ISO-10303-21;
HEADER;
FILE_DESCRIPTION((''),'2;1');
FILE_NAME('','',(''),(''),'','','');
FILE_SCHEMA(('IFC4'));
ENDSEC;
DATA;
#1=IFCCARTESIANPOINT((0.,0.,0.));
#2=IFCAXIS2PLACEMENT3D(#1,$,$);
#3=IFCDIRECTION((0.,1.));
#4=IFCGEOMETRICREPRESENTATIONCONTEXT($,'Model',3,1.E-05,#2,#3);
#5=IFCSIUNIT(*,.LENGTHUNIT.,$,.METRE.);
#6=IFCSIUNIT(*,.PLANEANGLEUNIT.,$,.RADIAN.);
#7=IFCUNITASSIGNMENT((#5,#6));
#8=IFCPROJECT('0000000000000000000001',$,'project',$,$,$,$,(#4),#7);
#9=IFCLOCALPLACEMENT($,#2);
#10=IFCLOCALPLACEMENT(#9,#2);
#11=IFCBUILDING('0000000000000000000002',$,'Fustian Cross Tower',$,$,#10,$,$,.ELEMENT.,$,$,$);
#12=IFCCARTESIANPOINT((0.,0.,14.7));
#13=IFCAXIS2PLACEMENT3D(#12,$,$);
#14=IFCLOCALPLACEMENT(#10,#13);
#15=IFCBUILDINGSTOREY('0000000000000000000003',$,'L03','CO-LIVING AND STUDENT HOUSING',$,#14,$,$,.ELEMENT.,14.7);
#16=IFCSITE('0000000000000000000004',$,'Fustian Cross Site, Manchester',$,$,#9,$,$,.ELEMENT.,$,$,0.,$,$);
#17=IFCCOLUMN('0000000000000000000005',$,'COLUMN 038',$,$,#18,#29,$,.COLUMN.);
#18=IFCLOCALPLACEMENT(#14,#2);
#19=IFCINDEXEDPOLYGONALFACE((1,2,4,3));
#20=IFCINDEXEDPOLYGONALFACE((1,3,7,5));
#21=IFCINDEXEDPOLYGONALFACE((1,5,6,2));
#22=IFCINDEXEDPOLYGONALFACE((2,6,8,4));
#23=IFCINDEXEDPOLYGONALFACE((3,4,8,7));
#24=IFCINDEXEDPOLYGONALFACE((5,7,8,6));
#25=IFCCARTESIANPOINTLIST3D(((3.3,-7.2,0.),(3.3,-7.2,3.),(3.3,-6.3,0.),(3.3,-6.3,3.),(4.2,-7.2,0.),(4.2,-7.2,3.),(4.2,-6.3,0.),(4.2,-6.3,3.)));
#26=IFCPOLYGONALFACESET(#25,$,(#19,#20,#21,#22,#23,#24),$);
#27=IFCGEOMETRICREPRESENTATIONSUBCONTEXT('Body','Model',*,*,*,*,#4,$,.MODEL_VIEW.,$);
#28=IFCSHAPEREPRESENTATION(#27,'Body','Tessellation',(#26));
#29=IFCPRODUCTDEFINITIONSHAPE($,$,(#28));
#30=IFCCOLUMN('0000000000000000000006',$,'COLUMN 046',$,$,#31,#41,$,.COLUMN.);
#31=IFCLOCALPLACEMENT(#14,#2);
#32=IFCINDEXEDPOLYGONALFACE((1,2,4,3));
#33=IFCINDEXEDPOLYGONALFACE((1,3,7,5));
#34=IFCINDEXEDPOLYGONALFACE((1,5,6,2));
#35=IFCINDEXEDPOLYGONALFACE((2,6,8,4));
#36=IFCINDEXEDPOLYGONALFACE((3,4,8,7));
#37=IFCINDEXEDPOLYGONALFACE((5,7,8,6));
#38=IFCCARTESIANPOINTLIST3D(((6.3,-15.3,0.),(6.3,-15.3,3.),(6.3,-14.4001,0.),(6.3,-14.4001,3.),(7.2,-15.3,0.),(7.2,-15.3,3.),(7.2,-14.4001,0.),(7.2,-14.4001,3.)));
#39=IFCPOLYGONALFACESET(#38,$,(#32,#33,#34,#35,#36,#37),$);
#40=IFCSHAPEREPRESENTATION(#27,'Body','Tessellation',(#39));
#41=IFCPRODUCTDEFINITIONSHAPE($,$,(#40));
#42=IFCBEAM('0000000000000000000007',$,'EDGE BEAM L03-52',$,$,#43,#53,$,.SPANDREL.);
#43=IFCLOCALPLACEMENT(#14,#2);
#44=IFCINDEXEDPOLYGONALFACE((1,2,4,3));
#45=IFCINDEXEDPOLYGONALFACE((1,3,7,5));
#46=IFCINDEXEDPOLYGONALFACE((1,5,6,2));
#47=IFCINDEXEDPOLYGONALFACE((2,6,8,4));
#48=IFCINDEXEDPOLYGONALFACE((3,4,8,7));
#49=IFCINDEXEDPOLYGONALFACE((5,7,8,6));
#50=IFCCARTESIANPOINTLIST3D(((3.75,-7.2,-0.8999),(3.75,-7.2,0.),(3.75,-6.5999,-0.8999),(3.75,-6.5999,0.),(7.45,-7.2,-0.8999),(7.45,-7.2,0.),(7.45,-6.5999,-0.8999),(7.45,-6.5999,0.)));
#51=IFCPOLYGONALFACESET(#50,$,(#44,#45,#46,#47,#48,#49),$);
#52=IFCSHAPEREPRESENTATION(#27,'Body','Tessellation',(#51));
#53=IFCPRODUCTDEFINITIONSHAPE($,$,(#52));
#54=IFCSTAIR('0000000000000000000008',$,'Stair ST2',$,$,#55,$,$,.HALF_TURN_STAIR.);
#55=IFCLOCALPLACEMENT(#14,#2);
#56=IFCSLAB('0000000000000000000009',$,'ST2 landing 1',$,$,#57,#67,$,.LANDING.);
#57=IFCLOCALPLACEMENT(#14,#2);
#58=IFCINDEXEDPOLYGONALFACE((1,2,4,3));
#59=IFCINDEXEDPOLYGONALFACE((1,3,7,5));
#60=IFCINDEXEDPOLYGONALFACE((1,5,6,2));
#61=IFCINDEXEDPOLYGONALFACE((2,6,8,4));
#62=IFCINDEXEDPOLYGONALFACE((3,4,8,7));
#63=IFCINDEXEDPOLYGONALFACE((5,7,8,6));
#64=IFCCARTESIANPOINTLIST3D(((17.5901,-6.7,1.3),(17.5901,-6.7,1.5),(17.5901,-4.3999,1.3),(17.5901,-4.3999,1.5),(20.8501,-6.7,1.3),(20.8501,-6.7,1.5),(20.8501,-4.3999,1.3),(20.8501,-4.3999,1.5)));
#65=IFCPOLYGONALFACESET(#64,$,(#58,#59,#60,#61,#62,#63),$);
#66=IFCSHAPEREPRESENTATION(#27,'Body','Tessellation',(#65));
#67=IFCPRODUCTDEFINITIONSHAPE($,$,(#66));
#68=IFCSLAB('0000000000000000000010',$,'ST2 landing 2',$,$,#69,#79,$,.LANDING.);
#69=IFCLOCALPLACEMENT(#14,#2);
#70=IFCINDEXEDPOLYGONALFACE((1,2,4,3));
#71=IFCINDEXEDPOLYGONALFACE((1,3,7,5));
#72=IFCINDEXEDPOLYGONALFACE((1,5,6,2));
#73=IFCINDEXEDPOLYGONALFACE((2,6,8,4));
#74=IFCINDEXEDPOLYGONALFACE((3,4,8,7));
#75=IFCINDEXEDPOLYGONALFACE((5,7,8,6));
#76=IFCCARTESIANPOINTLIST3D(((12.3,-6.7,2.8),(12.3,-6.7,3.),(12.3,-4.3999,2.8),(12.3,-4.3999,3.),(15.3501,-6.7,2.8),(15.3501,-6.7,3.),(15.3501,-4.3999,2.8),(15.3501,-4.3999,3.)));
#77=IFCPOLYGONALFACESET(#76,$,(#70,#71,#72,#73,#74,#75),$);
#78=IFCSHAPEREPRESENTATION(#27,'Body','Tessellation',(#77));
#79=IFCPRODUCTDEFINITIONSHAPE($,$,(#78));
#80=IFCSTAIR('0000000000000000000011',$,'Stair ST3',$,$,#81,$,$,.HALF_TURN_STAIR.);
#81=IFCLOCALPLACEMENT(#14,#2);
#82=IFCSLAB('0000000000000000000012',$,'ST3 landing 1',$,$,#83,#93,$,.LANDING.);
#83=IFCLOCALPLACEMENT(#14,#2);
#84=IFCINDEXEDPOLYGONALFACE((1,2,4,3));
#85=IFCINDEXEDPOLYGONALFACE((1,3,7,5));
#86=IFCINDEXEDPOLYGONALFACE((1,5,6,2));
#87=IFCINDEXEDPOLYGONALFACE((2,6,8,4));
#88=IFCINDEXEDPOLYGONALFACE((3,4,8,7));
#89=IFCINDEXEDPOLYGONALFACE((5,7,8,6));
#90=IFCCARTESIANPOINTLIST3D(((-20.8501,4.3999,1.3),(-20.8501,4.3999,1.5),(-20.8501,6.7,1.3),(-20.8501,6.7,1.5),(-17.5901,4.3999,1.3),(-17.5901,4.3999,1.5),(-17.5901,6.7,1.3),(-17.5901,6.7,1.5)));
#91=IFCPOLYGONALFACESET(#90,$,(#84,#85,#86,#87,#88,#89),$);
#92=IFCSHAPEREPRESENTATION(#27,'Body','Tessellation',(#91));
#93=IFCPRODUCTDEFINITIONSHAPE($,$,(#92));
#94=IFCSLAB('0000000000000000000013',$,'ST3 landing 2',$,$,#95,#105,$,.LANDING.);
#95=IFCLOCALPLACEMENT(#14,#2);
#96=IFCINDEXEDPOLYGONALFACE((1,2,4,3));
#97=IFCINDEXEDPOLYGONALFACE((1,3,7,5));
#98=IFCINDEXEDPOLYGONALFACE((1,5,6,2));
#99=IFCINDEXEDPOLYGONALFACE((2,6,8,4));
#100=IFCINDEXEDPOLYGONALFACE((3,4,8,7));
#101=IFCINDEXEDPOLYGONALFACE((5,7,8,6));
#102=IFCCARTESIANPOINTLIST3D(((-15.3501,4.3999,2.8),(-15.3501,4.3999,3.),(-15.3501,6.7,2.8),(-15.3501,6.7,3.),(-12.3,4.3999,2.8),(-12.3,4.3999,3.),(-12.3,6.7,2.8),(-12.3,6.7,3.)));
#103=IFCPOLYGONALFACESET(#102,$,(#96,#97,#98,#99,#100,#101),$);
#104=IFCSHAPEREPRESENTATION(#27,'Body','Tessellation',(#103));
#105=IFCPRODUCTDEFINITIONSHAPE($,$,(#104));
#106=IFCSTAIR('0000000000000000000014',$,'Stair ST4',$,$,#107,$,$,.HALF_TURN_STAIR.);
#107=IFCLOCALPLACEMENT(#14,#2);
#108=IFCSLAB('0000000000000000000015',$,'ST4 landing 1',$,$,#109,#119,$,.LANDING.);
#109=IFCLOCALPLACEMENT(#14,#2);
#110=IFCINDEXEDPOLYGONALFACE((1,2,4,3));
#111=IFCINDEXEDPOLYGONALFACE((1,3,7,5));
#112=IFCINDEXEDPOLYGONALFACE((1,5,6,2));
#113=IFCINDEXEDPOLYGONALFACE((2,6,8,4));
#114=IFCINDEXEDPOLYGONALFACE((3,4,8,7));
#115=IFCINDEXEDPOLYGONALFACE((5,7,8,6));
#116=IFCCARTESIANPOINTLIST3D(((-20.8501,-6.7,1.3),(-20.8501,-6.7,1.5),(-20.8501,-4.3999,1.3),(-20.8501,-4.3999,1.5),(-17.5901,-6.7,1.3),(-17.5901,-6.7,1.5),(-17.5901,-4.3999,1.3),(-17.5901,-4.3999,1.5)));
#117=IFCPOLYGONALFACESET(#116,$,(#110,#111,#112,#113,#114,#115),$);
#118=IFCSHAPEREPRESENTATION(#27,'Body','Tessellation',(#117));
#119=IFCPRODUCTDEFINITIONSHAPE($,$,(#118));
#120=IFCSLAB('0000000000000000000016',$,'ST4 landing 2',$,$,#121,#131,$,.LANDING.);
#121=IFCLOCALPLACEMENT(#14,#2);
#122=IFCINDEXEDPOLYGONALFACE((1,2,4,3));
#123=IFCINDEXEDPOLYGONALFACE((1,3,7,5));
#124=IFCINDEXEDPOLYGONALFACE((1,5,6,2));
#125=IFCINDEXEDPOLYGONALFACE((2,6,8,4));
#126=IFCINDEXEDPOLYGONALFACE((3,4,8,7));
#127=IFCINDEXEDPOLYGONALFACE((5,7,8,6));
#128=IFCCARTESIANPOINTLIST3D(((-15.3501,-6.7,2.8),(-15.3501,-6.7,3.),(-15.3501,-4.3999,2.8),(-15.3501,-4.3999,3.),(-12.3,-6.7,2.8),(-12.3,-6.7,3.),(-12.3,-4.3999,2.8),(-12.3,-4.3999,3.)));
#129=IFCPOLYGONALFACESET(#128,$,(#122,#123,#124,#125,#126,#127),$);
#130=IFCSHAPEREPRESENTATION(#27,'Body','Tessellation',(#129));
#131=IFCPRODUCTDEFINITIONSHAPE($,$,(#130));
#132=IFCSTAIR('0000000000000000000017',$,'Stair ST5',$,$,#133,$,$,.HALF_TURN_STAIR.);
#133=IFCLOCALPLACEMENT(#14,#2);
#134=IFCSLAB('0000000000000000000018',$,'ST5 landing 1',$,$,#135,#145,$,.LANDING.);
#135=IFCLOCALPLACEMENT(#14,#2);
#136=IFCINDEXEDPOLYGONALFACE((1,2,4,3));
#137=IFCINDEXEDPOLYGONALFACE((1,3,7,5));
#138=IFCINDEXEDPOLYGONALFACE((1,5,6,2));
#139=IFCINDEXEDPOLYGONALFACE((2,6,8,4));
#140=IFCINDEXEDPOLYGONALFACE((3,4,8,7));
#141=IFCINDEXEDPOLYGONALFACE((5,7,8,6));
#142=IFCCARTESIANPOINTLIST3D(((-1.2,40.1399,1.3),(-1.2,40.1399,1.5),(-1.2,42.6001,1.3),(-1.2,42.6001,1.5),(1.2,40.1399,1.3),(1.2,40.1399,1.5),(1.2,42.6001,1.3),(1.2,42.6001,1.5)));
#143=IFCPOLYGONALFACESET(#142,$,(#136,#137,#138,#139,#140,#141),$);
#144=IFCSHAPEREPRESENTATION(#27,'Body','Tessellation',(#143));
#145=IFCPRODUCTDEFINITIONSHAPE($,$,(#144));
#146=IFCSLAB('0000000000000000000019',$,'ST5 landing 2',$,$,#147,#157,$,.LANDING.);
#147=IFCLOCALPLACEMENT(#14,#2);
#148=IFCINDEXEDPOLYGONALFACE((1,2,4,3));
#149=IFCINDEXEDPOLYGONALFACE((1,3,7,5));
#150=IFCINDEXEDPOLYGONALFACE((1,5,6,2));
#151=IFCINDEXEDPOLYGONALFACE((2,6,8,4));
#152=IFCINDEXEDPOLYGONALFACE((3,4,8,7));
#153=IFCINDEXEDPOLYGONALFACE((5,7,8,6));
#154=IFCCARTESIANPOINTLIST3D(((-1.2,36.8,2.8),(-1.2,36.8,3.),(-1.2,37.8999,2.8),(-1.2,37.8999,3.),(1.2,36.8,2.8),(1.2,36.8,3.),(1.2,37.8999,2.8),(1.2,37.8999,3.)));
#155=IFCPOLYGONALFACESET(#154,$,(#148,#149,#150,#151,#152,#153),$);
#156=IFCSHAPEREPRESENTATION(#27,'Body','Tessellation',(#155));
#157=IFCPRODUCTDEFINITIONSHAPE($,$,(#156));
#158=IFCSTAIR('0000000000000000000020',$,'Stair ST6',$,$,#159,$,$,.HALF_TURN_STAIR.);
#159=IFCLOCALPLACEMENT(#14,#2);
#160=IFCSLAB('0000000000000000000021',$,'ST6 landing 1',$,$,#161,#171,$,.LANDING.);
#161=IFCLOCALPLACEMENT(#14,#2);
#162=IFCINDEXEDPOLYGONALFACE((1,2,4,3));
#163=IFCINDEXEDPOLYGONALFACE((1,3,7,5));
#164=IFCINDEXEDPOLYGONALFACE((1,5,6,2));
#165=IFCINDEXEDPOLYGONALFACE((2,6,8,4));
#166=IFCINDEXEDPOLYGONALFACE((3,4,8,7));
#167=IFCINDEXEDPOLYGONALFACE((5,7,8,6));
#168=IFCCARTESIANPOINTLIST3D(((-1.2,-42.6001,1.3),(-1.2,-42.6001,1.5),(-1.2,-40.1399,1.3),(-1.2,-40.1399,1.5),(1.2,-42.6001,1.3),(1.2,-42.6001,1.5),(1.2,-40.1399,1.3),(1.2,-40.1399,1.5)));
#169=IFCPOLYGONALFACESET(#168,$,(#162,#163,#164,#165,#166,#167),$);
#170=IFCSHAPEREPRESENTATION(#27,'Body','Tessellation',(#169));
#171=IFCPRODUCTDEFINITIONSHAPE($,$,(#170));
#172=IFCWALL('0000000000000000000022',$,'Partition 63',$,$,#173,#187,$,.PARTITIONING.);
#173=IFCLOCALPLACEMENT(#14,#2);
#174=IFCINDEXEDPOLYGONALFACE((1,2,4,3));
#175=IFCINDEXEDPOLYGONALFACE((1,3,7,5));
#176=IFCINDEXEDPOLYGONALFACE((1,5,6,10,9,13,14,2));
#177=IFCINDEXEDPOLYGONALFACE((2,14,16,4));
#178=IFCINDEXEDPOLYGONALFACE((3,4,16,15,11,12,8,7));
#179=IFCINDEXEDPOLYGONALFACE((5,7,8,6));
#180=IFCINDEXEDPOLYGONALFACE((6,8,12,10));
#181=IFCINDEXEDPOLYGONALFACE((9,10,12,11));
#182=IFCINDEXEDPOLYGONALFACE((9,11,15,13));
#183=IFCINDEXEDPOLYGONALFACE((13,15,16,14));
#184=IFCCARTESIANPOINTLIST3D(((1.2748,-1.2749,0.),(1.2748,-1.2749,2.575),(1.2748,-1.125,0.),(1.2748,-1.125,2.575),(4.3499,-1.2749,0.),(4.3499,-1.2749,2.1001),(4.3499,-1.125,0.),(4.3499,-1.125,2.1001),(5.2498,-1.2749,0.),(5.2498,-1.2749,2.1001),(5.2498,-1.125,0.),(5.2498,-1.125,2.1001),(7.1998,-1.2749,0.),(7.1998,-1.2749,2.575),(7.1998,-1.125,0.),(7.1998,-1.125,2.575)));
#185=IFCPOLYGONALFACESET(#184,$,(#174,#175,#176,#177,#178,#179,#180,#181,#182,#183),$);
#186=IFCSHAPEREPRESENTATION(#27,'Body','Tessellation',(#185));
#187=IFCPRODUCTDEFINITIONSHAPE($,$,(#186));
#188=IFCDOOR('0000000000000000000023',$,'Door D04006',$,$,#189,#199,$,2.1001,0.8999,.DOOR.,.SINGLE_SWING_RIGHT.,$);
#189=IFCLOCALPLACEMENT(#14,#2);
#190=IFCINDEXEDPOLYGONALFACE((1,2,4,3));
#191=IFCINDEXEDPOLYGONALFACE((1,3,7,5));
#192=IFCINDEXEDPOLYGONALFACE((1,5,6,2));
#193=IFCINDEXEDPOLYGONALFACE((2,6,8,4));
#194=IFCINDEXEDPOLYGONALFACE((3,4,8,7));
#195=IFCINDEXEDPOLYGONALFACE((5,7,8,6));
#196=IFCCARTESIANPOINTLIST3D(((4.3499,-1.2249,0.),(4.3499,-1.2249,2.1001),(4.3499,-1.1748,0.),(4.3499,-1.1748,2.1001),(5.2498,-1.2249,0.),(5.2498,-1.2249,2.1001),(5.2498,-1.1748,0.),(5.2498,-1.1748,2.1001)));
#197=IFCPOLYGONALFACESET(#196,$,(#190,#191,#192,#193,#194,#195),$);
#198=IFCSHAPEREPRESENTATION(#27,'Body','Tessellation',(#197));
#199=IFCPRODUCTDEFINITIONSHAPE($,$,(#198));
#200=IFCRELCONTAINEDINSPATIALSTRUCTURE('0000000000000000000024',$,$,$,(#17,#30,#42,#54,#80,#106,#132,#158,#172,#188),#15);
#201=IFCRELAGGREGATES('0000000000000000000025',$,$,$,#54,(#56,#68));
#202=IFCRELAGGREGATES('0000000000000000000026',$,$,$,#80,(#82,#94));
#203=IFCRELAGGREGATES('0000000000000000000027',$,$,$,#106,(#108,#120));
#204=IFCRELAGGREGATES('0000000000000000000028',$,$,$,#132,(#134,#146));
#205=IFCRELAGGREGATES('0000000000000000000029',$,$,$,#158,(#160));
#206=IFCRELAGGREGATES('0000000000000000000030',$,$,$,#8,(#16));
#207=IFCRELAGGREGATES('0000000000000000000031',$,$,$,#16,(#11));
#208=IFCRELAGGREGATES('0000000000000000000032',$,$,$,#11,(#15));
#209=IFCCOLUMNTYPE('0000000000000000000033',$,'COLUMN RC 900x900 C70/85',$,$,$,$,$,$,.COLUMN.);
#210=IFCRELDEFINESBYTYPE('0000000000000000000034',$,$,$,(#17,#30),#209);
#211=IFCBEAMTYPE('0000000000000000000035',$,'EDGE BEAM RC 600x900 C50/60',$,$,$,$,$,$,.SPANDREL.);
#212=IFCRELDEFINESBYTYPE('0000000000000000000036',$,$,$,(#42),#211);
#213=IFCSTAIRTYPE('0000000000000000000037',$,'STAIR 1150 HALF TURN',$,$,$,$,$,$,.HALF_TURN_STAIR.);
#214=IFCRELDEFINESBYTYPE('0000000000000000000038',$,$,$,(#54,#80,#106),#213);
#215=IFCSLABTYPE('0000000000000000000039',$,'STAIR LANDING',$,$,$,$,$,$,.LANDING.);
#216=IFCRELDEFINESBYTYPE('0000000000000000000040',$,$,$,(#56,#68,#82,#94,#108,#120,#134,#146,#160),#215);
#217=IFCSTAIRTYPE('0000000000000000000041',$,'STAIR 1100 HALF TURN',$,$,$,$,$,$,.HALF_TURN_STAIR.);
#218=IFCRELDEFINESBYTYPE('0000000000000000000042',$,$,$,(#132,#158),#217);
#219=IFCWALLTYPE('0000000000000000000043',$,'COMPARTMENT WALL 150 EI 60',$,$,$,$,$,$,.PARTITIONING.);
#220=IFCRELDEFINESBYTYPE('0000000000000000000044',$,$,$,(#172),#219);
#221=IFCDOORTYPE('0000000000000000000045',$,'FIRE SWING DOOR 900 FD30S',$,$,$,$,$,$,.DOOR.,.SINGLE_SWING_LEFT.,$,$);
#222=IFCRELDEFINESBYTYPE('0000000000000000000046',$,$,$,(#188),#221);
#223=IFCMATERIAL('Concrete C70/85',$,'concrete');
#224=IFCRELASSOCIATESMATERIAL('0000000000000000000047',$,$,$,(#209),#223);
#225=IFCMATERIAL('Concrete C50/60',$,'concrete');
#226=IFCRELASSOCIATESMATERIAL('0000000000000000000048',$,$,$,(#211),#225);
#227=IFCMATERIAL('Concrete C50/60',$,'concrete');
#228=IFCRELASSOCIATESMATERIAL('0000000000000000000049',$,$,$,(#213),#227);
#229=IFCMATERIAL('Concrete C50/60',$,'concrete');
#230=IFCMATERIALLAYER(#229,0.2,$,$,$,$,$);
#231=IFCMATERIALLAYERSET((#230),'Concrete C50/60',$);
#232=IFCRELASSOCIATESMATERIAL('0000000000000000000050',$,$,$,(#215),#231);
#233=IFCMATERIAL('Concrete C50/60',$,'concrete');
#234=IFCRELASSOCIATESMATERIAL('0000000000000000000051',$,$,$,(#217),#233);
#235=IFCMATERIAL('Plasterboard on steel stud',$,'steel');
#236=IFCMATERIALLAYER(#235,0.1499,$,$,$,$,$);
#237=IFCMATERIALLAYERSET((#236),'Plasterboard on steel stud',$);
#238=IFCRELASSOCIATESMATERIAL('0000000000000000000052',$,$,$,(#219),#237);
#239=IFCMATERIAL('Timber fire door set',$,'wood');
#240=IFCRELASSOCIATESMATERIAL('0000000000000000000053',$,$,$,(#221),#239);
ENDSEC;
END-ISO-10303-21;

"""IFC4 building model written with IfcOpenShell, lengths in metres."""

from ifc_helpers import new_model, si_unit, direction, frame, frame_2d, origin, origin_2d, place, context, subcontext, project, spatial, polyline, rectangle, outline, extrude, material, layer, layer_set, material_profile, profile_set, type_object, element, fill, aggregate, save


model = new_model("IFC4")

# Units and contexts
model_context = context("Model", 3, precision=1e-05, world=origin(), true_north=direction((0.0, 1.0)))
body_context = subcontext(model_context, "Body", "Model", "MODEL_VIEW")
ifc_project = project(units=[si_unit("LENGTHUNIT", "METRE"), si_unit("PLANEANGLEUNIT", "RADIAN")], contexts=[model_context])

# Site, building, storey
site_placement = place(None, origin())
site = spatial("IfcSite", under=ifc_project, at=site_placement, Name="Fustian Cross Site, Manchester", CompositionType="ELEMENT", RefElevation=0.0)
building_placement = place(site_placement, origin())
building = spatial("IfcBuilding", under=site, at=building_placement, Name="Fustian Cross Tower", CompositionType="ELEMENT")
storey_placement = place(building_placement, frame((0.0, 0.0, 14.7)))
storey = spatial("IfcBuildingStorey", under=building, at=storey_placement, Name="L03", Description="CO-LIVING AND STUDENT HOUSING", CompositionType="ELEMENT", Elevation=14.7)

# Columns
ifc_material_1 = material(Name="Concrete C70/85", Category="concrete")
ifc_material_profile_1 = material_profile(ifc_material_1, rectangle(XDim=0.8999, YDim=0.8999, at=origin_2d()), Name="RC 900x900")
ifc_profile_set_1 = profile_set([ifc_material_profile_1], Name="Concrete C70/85")
column_type = type_object("IfcColumnType", Name="COLUMN RC 900x900 C70/85", PredefinedType="COLUMN", material=ifc_profile_set_1)
for number, where, z_axis, x_axis, name in (
    (1, (3.75, -6.75, 0.0), (0.0, 0.0, 1.0), (1.0, 0.0, 0.0), "COLUMN 038"),
    (2, (6.75, -14.8501, 0.0), (0.0, 0.0, 1.0), (1.0, 0.0, 0.0), "COLUMN 046"),
):
    element("IfcColumn", number, at=place(storey_placement, frame(where, z_axis=z_axis, x_axis=x_axis)), inside=storey, type_object=column_type, Name=name, PredefinedType="COLUMN", context=body_context, shape_type="SweptSolid", body=[
        extrude(rectangle(XDim=0.8999, YDim=0.8999, at=origin_2d()), origin(), (0.0, 0.0, 1.0), 3.0),
    ])

# Beam
ifc_material_2 = material(Name="Concrete C50/60", Category="concrete")
ifc_material_profile_2 = material_profile(ifc_material_2, rectangle(XDim=0.6001, YDim=0.8999, at=origin_2d()), Name="RC 600x900")
ifc_profile_set_2 = profile_set([ifc_material_profile_2], Name="Concrete C50/60")
beam_type = type_object("IfcBeamType", Name="EDGE BEAM RC 600x900 C50/60", PredefinedType="SPANDREL", material=ifc_profile_set_2)
beam_placement = place(storey_placement, frame((3.75, -6.8999, -0.45), z_axis=(1.0, 0.0, 0.0), x_axis=(0.0, 1.0, 0.0)))
element("IfcBeam", 3, at=beam_placement, inside=storey, type_object=beam_type, Name="EDGE BEAM L03-52", PredefinedType="SPANDREL", context=body_context, shape_type="SweptSolid", body=[
    extrude(rectangle(XDim=0.6001, YDim=0.8999, at=origin_2d()), origin(), (0.0, 0.0, 1.0), 3.7),
])

# Stairs, slabs
ifc_material_3 = material(Name="Concrete C50/60", Category="concrete")
stair_type_1 = type_object("IfcStairType", Name="STAIR 1150 HALF TURN", PredefinedType="HALF_TURN_STAIR", material=ifc_material_3)
stair_1_placement = place(storey_placement, origin())
stair_1 = element("IfcStair", 4, at=stair_1_placement, inside=storey, type_object=stair_type_1, Name="Stair ST2", PredefinedType="HALF_TURN_STAIR")
ifc_material_4 = material(Name="Concrete C50/60", Category="concrete")
ifc_layer_1 = layer(ifc_material_4, 0.2)
ifc_layer_set_1 = layer_set([ifc_layer_1], Name="Concrete C50/60")
slab_type = type_object("IfcSlabType", Name="STAIR LANDING", PredefinedType="LANDING", material=ifc_layer_set_1)
slab_1_placement = place(storey_placement, frame((0.0, 0.0, 1.3)))
slab_1 = element("IfcSlab", 5, at=slab_1_placement, type_object=slab_type, Name="ST2 landing 1", PredefinedType="LANDING", context=body_context, shape_type="SweptSolid", body=[
    extrude(outline(polyline([(17.5901, -4.3999), (20.8501, -4.3999), (20.8501, -6.7), (17.5901, -6.7), (17.5901, -4.3999)])), origin(), (0.0, 0.0, 1.0), 0.2),
])
slab_2_placement = place(storey_placement, frame((0.0, 0.0, 2.8)))
slab_2 = element("IfcSlab", 6, at=slab_2_placement, type_object=slab_type, Name="ST2 landing 2", PredefinedType="LANDING", context=body_context, shape_type="SweptSolid", body=[
    extrude(outline(polyline([(12.3, -4.3999), (15.3501, -4.3999), (15.3501, -6.7), (12.3, -6.7), (12.3, -4.3999)])), origin(), (0.0, 0.0, 1.0), 0.2),
])
aggregate(stair_1, [slab_1, slab_2])
stair_2_placement = place(storey_placement, origin())
stair_2 = element("IfcStair", 7, at=stair_2_placement, inside=storey, type_object=stair_type_1, Name="Stair ST3", PredefinedType="HALF_TURN_STAIR")
slab_3_placement = place(storey_placement, frame((0.0, 0.0, 1.3)))
slab_3 = element("IfcSlab", 8, at=slab_3_placement, type_object=slab_type, Name="ST3 landing 1", PredefinedType="LANDING", context=body_context, shape_type="SweptSolid", body=[
    extrude(outline(polyline([(-17.5901, 4.3999), (-20.8501, 4.3999), (-20.8501, 6.7), (-17.5901, 6.7), (-17.5901, 4.3999)])), origin(), (0.0, 0.0, 1.0), 0.2),
])
slab_4_placement = place(storey_placement, frame((0.0, 0.0, 2.8)))
slab_4 = element("IfcSlab", 9, at=slab_4_placement, type_object=slab_type, Name="ST3 landing 2", PredefinedType="LANDING", context=body_context, shape_type="SweptSolid", body=[
    extrude(outline(polyline([(-12.3, 4.3999), (-15.3501, 4.3999), (-15.3501, 6.7), (-12.3, 6.7), (-12.3, 4.3999)])), origin(), (0.0, 0.0, 1.0), 0.2),
])
aggregate(stair_2, [slab_3, slab_4])
stair_3_placement = place(storey_placement, origin())
stair_3 = element("IfcStair", 10, at=stair_3_placement, inside=storey, type_object=stair_type_1, Name="Stair ST4", PredefinedType="HALF_TURN_STAIR")
slab_5_placement = place(storey_placement, frame((0.0, 0.0, 1.3)))
slab_5 = element("IfcSlab", 11, at=slab_5_placement, type_object=slab_type, Name="ST4 landing 1", PredefinedType="LANDING", context=body_context, shape_type="SweptSolid", body=[
    extrude(outline(polyline([(-17.5901, -4.3999), (-20.8501, -4.3999), (-20.8501, -6.7), (-17.5901, -6.7), (-17.5901, -4.3999)])), origin(), (0.0, 0.0, 1.0), 0.2),
])
slab_6_placement = place(storey_placement, frame((0.0, 0.0, 2.8)))
slab_6 = element("IfcSlab", 12, at=slab_6_placement, type_object=slab_type, Name="ST4 landing 2", PredefinedType="LANDING", context=body_context, shape_type="SweptSolid", body=[
    extrude(outline(polyline([(-12.3, -4.3999), (-15.3501, -4.3999), (-15.3501, -6.7), (-12.3, -6.7), (-12.3, -4.3999)])), origin(), (0.0, 0.0, 1.0), 0.2),
])
aggregate(stair_3, [slab_5, slab_6])
ifc_material_5 = material(Name="Concrete C50/60", Category="concrete")
stair_type_2 = type_object("IfcStairType", Name="STAIR 1100 HALF TURN", PredefinedType="HALF_TURN_STAIR", material=ifc_material_5)
stair_4_placement = place(storey_placement, origin())
stair_4 = element("IfcStair", 13, at=stair_4_placement, inside=storey, type_object=stair_type_2, Name="Stair ST5", PredefinedType="HALF_TURN_STAIR")
slab_7_placement = place(storey_placement, frame((0.0, 0.0, 1.3)))
slab_7 = element("IfcSlab", 14, at=slab_7_placement, type_object=slab_type, Name="ST5 landing 1", PredefinedType="LANDING", context=body_context, shape_type="SweptSolid", body=[
    extrude(outline(polyline([(-1.2, 40.1399), (-1.2, 42.6001), (1.2, 42.6001), (1.2, 40.1399), (-1.2, 40.1399)])), origin(), (0.0, 0.0, 1.0), 0.2),
])
slab_8_placement = place(storey_placement, frame((0.0, 0.0, 2.8)))
slab_8 = element("IfcSlab", 15, at=slab_8_placement, type_object=slab_type, Name="ST5 landing 2", PredefinedType="LANDING", context=body_context, shape_type="SweptSolid", body=[
    extrude(outline(polyline([(-1.2, 36.8), (-1.2, 37.8999), (1.2, 37.8999), (1.2, 36.8), (-1.2, 36.8)])), origin(), (0.0, 0.0, 1.0), 0.2),
])
aggregate(stair_4, [slab_7, slab_8])

# Stair, slab
stair_5_placement = place(storey_placement, origin())
stair_5 = element("IfcStair", 16, at=stair_5_placement, inside=storey, type_object=stair_type_2, Name="Stair ST6", PredefinedType="HALF_TURN_STAIR")
slab_9_placement = place(storey_placement, frame((0.0, 0.0, 1.3)))
slab_9 = element("IfcSlab", 17, at=slab_9_placement, type_object=slab_type, Name="ST6 landing 1", PredefinedType="LANDING", context=body_context, shape_type="SweptSolid", body=[
    extrude(outline(polyline([(-1.2, -40.1399), (-1.2, -42.6001), (1.2, -42.6001), (1.2, -40.1399), (-1.2, -40.1399)])), origin(), (0.0, 0.0, 1.0), 0.2),
])
aggregate(stair_5, [slab_9])

# Wall, opening, door
ifc_material_6 = material(Name="Plasterboard on steel stud", Category="steel")
ifc_layer_2 = layer(ifc_material_6, 0.1499)
ifc_layer_set_2 = layer_set([ifc_layer_2], Name="Plasterboard on steel stud")
wall_type_1 = type_object("IfcWallType", Name="COMPARTMENT WALL 150 EI 60", PredefinedType="PARTITIONING", material=ifc_layer_set_2)
wall_1_placement = place(storey_placement, frame((1.2749, -1.2, 0.0), z_axis=(0.0, 0.0, 1.0), x_axis=(1.0, 0.0, 0.0)))
wall_1 = element("IfcWall", 18, at=wall_1_placement, inside=storey, type_object=wall_type_1, Name="Partition 63", PredefinedType="PARTITIONING", context=body_context, shape_type="SweptSolid", body=[
    extrude(rectangle(XDim=5.925, YDim=0.1499, at=frame_2d((2.9624, 0.0))), origin(), (0.0, 0.0, 1.0), 2.575),
])
opening_1_placement = place(wall_1_placement, frame((3.075, 0.0, 0.0)))
opening_1 = element("IfcOpeningElement", 19, at=opening_1_placement, cuts=wall_1, PredefinedType="OPENING", context=body_context, shape_type="SweptSolid", body=[
    extrude(rectangle(XDim=0.8999, YDim=2.1001, at=frame_2d((0.45, 1.05))), frame((0.0, 0.085, 0.0), z_axis=(0.0, -1.0, 0.0), x_axis=(1.0, 0.0, 0.0)), (0.0, 0.0, 1.0), 0.1699),
])
ifc_material_7 = material(Name="Timber fire door set", Category="wood")
door_type_1 = type_object("IfcDoorType", Name="FIRE SWING DOOR 900 FD30S", OperationType="SINGLE_SWING_LEFT", PredefinedType="DOOR", material=ifc_material_7)
door_1_placement = place(opening_1_placement, frame((0.8999, 0.0, 0.0), z_axis=(0.0, 0.0, 1.0), x_axis=(-1.0, 0.0, 0.0)))
door_1 = element("IfcDoor", 20, at=door_1_placement, inside=storey, type_object=door_type_1, Name="Door D04006", OperationType="SINGLE_SWING_RIGHT", OverallHeight=2.1001, OverallWidth=0.8999, PredefinedType="DOOR", context=body_context, shape_type="SweptSolid", body=[
    extrude(rectangle(XDim=0.8999, YDim=2.1001, at=frame_2d((0.45, 1.05))), frame((0.0, 0.0249, 0.0), z_axis=(0.0, -1.0, 0.0), x_axis=(1.0, 0.0, 0.0)), (0.0, 0.0, 1.0), 0.05),
])
fill(opening_1, door_1)

save(model, "model.ifc")
